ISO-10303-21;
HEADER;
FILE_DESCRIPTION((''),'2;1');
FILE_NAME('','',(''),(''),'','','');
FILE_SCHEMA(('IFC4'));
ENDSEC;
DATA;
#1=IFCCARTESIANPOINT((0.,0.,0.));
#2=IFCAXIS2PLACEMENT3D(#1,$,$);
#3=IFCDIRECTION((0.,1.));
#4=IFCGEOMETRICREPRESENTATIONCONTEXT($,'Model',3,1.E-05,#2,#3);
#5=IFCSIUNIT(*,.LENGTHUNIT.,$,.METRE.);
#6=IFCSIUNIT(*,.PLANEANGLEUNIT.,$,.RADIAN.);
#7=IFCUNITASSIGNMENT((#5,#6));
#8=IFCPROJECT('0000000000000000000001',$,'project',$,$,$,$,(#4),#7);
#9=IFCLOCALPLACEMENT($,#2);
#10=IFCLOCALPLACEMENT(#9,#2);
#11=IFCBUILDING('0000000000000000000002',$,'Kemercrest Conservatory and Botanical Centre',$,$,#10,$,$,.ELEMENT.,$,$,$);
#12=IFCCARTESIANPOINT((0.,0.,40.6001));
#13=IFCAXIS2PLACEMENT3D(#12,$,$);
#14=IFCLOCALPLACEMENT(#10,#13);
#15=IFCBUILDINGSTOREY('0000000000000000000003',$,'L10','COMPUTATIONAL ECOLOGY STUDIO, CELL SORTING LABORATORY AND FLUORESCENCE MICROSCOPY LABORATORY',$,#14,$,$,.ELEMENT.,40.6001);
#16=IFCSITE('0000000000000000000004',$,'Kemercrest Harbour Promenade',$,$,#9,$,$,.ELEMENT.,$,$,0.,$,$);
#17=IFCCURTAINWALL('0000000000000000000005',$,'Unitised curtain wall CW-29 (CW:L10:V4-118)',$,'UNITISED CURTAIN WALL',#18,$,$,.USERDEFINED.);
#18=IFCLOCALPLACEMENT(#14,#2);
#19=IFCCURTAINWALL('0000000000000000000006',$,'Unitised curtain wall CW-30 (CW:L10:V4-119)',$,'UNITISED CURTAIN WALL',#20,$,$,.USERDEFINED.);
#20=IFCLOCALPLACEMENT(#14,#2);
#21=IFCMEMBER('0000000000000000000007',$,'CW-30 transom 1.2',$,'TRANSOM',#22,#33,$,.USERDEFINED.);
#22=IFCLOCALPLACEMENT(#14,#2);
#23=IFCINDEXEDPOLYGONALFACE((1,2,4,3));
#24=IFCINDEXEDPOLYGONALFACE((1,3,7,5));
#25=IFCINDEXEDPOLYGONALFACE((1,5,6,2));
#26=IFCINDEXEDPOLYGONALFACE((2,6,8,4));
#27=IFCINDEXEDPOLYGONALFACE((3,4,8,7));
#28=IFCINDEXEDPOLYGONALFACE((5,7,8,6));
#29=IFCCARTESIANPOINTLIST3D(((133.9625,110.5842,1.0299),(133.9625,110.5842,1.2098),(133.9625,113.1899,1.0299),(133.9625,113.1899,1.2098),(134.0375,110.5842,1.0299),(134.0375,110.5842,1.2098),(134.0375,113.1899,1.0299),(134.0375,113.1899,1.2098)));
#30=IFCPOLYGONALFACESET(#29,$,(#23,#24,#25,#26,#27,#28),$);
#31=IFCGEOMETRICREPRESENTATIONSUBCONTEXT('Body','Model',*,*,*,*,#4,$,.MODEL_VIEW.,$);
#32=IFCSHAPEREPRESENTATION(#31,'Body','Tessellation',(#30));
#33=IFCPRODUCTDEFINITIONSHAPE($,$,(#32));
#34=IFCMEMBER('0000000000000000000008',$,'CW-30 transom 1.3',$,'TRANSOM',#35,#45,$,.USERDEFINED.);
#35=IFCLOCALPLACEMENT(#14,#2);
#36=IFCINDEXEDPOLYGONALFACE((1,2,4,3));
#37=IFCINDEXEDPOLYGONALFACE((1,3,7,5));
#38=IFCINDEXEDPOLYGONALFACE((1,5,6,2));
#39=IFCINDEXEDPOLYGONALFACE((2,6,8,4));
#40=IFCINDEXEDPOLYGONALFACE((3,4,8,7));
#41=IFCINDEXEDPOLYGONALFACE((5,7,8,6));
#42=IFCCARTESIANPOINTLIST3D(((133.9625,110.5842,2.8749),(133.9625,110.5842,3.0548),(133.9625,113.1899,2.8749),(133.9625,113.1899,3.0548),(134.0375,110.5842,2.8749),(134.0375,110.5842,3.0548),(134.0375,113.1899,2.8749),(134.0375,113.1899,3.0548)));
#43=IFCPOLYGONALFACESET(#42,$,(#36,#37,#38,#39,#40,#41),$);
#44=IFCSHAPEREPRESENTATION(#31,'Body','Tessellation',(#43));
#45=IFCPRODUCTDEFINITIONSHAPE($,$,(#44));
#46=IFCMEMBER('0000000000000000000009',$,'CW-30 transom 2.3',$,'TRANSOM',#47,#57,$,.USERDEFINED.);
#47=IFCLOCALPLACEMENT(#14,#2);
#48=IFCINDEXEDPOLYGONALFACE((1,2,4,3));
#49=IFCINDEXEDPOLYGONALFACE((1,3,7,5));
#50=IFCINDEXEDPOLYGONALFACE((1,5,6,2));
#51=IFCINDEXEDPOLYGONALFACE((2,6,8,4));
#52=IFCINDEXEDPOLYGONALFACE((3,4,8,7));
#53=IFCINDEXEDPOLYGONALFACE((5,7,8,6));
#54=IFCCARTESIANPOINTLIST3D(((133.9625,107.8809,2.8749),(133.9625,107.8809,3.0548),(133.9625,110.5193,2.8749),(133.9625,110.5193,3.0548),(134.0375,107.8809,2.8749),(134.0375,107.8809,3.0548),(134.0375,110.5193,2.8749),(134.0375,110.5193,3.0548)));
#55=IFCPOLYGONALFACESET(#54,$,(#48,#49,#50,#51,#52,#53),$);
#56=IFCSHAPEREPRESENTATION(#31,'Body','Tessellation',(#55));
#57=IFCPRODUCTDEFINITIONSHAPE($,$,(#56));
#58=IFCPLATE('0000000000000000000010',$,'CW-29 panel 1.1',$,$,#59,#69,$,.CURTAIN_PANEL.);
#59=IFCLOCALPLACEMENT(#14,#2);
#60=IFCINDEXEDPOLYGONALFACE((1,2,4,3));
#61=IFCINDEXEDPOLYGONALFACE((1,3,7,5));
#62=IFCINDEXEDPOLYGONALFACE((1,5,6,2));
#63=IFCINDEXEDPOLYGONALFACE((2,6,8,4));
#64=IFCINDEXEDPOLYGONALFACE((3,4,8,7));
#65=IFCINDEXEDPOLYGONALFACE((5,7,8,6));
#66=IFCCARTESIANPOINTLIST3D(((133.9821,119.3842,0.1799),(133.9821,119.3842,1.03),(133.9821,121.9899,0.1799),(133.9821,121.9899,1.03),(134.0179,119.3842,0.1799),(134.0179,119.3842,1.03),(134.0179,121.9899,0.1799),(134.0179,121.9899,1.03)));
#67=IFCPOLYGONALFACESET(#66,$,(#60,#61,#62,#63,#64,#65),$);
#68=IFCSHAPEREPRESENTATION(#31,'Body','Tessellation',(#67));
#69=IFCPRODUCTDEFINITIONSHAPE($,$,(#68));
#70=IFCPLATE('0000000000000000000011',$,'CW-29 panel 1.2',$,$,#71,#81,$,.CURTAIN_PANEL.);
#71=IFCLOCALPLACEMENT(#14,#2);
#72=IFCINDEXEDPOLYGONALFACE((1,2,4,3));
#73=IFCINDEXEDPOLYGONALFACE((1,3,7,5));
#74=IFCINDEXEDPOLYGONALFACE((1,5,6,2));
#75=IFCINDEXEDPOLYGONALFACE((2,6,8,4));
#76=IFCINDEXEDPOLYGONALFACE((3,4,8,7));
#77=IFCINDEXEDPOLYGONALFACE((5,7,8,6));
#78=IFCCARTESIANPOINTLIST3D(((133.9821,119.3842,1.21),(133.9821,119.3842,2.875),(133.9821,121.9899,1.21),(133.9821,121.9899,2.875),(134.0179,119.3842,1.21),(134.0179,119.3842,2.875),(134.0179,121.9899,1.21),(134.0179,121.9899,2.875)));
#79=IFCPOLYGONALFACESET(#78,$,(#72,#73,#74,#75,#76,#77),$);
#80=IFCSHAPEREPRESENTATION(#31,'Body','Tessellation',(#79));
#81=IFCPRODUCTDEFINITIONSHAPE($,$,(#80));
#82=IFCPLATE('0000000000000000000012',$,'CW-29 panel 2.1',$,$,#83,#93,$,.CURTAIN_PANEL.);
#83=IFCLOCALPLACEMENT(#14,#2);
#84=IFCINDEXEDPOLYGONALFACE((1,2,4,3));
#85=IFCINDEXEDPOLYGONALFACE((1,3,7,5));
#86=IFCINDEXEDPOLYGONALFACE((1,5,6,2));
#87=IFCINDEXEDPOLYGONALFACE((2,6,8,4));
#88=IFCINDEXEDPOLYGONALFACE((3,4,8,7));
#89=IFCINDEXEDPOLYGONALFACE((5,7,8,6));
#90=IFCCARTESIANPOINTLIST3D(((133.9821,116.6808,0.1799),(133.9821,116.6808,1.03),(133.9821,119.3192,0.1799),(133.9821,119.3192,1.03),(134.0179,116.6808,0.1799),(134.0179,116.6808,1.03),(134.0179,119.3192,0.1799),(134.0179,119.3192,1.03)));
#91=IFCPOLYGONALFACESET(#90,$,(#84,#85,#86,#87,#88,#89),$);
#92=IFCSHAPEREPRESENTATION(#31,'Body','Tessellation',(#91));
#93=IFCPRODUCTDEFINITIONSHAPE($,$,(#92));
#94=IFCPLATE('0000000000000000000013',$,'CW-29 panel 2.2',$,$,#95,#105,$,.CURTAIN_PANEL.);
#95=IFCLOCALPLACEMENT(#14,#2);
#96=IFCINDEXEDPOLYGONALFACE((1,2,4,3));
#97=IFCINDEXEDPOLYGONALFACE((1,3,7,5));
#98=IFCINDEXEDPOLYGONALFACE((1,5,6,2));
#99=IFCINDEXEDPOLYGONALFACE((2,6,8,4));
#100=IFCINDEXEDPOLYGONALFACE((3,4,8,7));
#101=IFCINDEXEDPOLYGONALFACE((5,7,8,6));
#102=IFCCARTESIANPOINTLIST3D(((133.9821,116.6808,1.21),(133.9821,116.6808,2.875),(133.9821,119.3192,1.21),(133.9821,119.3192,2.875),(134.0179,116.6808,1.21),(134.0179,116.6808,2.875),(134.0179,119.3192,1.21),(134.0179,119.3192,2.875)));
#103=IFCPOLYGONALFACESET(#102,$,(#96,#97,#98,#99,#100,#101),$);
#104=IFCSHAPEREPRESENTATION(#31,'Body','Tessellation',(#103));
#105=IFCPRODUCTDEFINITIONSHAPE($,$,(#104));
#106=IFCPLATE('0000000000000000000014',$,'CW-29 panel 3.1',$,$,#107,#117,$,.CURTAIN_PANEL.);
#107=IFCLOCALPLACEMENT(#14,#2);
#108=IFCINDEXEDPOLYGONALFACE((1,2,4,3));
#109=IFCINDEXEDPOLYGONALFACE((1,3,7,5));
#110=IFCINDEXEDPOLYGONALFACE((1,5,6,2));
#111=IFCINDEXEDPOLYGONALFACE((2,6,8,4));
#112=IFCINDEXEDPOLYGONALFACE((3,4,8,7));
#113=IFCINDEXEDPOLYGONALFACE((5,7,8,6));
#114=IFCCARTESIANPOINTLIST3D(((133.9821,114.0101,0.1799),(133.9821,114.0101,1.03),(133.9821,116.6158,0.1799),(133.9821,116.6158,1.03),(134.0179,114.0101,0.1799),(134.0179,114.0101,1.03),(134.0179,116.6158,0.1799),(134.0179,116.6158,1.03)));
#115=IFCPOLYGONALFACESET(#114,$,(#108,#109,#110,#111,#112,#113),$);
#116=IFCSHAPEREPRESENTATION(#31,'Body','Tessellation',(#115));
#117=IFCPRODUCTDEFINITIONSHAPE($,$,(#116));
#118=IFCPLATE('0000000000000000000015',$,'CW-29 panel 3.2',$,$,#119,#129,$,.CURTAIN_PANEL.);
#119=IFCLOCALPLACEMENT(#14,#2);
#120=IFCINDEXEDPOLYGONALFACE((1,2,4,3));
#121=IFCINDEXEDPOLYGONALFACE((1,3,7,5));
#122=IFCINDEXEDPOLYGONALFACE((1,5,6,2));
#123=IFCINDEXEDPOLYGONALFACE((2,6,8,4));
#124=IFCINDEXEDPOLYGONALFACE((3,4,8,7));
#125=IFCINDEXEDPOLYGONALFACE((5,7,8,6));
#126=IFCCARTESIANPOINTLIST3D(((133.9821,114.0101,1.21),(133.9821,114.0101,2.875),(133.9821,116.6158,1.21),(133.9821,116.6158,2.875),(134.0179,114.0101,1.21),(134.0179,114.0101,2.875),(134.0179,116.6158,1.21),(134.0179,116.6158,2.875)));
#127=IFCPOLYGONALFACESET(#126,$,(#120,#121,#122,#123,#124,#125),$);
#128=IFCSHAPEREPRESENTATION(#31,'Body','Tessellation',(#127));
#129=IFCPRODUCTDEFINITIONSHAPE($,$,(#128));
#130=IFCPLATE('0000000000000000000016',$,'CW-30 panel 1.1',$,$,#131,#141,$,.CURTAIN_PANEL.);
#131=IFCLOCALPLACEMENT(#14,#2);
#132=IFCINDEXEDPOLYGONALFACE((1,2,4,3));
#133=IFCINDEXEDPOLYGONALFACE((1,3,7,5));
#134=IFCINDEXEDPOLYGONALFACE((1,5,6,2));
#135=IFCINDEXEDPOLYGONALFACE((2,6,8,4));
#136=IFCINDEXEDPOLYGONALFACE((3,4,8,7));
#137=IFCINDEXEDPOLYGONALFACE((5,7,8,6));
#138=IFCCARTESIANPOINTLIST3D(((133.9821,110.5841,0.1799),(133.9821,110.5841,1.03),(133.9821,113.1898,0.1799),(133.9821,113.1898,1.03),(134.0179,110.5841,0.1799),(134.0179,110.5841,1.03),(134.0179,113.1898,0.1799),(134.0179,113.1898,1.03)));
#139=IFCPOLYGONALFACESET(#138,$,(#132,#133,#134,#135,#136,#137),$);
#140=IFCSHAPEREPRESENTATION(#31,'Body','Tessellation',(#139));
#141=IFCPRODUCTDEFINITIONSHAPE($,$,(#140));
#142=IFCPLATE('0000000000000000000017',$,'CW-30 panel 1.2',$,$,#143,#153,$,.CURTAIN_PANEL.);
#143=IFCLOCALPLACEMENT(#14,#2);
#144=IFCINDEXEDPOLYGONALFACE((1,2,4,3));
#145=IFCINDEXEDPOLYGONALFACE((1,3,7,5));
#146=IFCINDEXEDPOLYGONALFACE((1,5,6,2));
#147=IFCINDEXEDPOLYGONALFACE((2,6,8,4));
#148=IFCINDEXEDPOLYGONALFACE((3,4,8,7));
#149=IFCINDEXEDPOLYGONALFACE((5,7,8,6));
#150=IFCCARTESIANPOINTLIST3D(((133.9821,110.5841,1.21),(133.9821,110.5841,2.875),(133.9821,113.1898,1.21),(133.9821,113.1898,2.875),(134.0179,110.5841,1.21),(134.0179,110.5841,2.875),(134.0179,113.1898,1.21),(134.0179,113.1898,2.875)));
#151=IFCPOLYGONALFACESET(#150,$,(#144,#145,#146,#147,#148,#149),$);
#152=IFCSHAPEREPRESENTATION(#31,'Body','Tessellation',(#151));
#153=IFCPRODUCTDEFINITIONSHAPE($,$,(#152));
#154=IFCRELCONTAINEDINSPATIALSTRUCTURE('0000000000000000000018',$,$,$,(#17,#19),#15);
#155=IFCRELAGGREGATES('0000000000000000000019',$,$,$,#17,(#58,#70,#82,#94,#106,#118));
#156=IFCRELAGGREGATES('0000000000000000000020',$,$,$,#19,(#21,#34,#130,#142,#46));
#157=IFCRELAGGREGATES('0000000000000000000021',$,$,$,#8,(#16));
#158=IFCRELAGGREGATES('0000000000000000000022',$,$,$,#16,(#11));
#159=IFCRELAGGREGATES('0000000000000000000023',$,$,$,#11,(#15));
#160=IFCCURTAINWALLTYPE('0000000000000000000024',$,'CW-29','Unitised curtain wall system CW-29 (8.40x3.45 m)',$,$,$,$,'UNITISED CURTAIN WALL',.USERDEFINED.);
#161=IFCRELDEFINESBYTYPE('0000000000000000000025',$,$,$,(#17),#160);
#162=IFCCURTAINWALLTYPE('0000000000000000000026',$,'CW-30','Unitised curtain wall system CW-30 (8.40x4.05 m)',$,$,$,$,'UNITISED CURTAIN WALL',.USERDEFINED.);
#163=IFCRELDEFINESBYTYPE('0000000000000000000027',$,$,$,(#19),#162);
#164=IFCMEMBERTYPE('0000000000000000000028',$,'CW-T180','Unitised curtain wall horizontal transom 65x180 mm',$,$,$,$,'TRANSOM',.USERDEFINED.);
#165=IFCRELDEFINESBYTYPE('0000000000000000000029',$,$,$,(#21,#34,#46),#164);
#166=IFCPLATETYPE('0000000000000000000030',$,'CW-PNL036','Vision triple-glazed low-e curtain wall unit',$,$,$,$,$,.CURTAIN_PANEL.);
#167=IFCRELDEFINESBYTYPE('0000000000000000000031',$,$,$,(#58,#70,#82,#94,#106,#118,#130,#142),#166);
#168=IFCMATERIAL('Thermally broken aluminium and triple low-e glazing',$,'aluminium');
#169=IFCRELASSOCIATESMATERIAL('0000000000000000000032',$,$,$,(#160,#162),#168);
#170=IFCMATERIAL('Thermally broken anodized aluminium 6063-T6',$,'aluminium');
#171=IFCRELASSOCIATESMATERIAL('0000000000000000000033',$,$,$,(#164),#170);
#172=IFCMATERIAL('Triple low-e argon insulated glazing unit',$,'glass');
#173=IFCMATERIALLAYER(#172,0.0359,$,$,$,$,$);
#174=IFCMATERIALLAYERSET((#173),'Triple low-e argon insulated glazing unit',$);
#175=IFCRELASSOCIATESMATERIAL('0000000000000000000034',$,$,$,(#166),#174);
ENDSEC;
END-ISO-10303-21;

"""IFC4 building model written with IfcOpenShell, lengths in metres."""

from ifc_helpers import new_model, si_unit, direction, frame, origin, origin_2d, place, context, subcontext, project, spatial, rectangle, extrude, material, layer, layer_set, material_profile, profile_set, type_object, element, aggregate, save


model = new_model("IFC4")

# Units and contexts
model_context = context("Model", 3, precision=1e-05, world=origin(), true_north=direction((0.0, 1.0)))
body_context = subcontext(model_context, "Body", "Model", "MODEL_VIEW")
ifc_project = project(units=[si_unit("LENGTHUNIT", "METRE"), si_unit("PLANEANGLEUNIT", "RADIAN")], contexts=[model_context])

# Site, building, storey
site_placement = place(None, origin())
site = spatial("IfcSite", under=ifc_project, at=site_placement, Name="Kemercrest Harbour Promenade", CompositionType="ELEMENT", RefElevation=0.0)
building_placement = place(site_placement, origin())
building = spatial("IfcBuilding", under=site, at=building_placement, Name="Kemercrest Conservatory and Botanical Centre", CompositionType="ELEMENT")
storey_placement = place(building_placement, frame((0.0, 0.0, 40.6001)))
storey = spatial("IfcBuildingStorey", under=building, at=storey_placement, Name="L10", Description="COMPUTATIONAL ECOLOGY STUDIO, CELL SORTING LABORATORY AND FLUORESCENCE MICROSCOPY LABORATORY", CompositionType="ELEMENT", Elevation=40.6001)

# Curtain walls
ifc_material_1 = material(Name="Thermally broken aluminium and triple low-e glazing", Category="aluminium")
curtain_wall_type_1 = type_object("IfcCurtainWallType", Name="CW-29", Description="Unitised curtain wall system CW-29 (8.40x3.45 m)", ElementType="UNITISED CURTAIN WALL", PredefinedType="USERDEFINED", material=ifc_material_1)
curtain_wall_1_placement = place(storey_placement, origin())
curtain_wall_1 = element("IfcCurtainWall", 1, at=curtain_wall_1_placement, inside=storey, type_object=curtain_wall_type_1, Name="Unitised curtain wall CW-29 (CW:L10:V4-118)", ObjectType="UNITISED CURTAIN WALL", PredefinedType="USERDEFINED")
ifc_material_2 = material(Name="Thermally broken anodized aluminium 6063-T6", Category="aluminium")
curtain_wall_type_2 = type_object("IfcCurtainWallType", Name="CW-30", Description="Unitised curtain wall system CW-30 (8.40x4.05 m)", ElementType="UNITISED CURTAIN WALL", PredefinedType="USERDEFINED", material=ifc_material_1)
curtain_wall_2_placement = place(storey_placement, origin())
curtain_wall_2 = element("IfcCurtainWall", 2, at=curtain_wall_2_placement, inside=storey, type_object=curtain_wall_type_2, Name="Unitised curtain wall CW-30 (CW:L10:V4-119)", ObjectType="UNITISED CURTAIN WALL", PredefinedType="USERDEFINED")

# Members
ifc_material_profile_1 = material_profile(ifc_material_2, rectangle(XDim=0.075, YDim=0.1799, at=origin_2d()), Name="AL TRANSOM 75x180")
ifc_profile_set_1 = profile_set([ifc_material_profile_1], Name="Thermally broken anodized aluminium 6063-T6")
member_type_1 = type_object("IfcMemberType", Name="CW-T180", Description="Unitised curtain wall horizontal transom 65x180 mm", ElementType="TRANSOM", PredefinedType="USERDEFINED", material=ifc_profile_set_1)
member_1_placement = place(storey_placement, frame((134.0, 113.1899, 1.1199), z_axis=(0.0, -1.0, 0.0), x_axis=(1.0, 0.0, 0.0)))
member_1 = element("IfcMember", 3, at=member_1_placement, type_object=member_type_1, Name="CW-30 transom 1.2", ObjectType="TRANSOM", PredefinedType="USERDEFINED", context=body_context, shape_type="SweptSolid", body=[
    extrude(rectangle(XDim=0.075, YDim=0.1799, at=origin_2d()), origin(), (0.0, 0.0, 1.0), 2.6057),
])
member_2_placement = place(storey_placement, frame((134.0, 113.1899, 2.9648), z_axis=(0.0, -1.0, 0.0), x_axis=(1.0, 0.0, 0.0)))
member_2 = element("IfcMember", 4, at=member_2_placement, type_object=member_type_1, Name="CW-30 transom 1.3", ObjectType="TRANSOM", PredefinedType="USERDEFINED", context=body_context, shape_type="SweptSolid", body=[
    extrude(rectangle(XDim=0.075, YDim=0.1799, at=origin_2d()), origin(), (0.0, 0.0, 1.0), 2.6057),
])
member_3_placement = place(storey_placement, frame((134.0, 110.5193, 2.9648), z_axis=(0.0, -1.0, 0.0), x_axis=(1.0, 0.0, 0.0)))
member_3 = element("IfcMember", 5, at=member_3_placement, type_object=member_type_1, Name="CW-30 transom 2.3", ObjectType="TRANSOM", PredefinedType="USERDEFINED", context=body_context, shape_type="SweptSolid", body=[
    extrude(rectangle(XDim=0.075, YDim=0.1799, at=origin_2d()), origin(), (0.0, 0.0, 1.0), 2.6384),
])

# Plates
ifc_material_3 = material(Name="Triple low-e argon insulated glazing unit", Category="glass")
ifc_layer = layer(ifc_material_3, 0.0359)
ifc_layer_set = layer_set([ifc_layer], Name="Triple low-e argon insulated glazing unit")
plate_type = type_object("IfcPlateType", Name="CW-PNL036", Description="Vision triple-glazed low-e curtain wall unit", PredefinedType="CURTAIN_PANEL", material=ifc_layer_set)
plate_1_placement = place(storey_placement, frame((134.0, 120.687, 0.1799), z_axis=(0.0, 0.0, 1.0), x_axis=(0.0, -1.0, 0.0)))
plate_1 = element("IfcPlate", 6, at=plate_1_placement, type_object=plate_type, Name="CW-29 panel 1.1", PredefinedType="CURTAIN_PANEL", context=body_context, shape_type="SweptSolid", body=[
    extrude(rectangle(XDim=2.6057, YDim=0.0359, at=origin_2d()), origin(), (0.0, 0.0, 1.0), 0.8501),
])
plate_2_placement = place(storey_placement, frame((134.0, 120.687, 1.21), z_axis=(0.0, 0.0, 1.0), x_axis=(0.0, -1.0, 0.0)))
plate_2 = element("IfcPlate", 7, at=plate_2_placement, type_object=plate_type, Name="CW-29 panel 1.2", PredefinedType="CURTAIN_PANEL", context=body_context, shape_type="SweptSolid", body=[
    extrude(rectangle(XDim=2.6057, YDim=0.0359, at=origin_2d()), origin(), (0.0, 0.0, 1.0), 1.665),
])
plate_3_placement = place(storey_placement, frame((134.0, 118.0, 0.1799), z_axis=(0.0, 0.0, 1.0), x_axis=(0.0, -1.0, 0.0)))
plate_3 = element("IfcPlate", 8, at=plate_3_placement, type_object=plate_type, Name="CW-29 panel 2.1", PredefinedType="CURTAIN_PANEL", context=body_context, shape_type="SweptSolid", body=[
    extrude(rectangle(XDim=2.6384, YDim=0.0359, at=origin_2d()), origin(), (0.0, 0.0, 1.0), 0.8501),
])
plate_4_placement = place(storey_placement, frame((134.0, 118.0, 1.21), z_axis=(0.0, 0.0, 1.0), x_axis=(0.0, -1.0, 0.0)))
plate_4 = element("IfcPlate", 9, at=plate_4_placement, type_object=plate_type, Name="CW-29 panel 2.2", PredefinedType="CURTAIN_PANEL", context=body_context, shape_type="SweptSolid", body=[
    extrude(rectangle(XDim=2.6384, YDim=0.0359, at=origin_2d()), origin(), (0.0, 0.0, 1.0), 1.665),
])
plate_5_placement = place(storey_placement, frame((134.0, 115.313, 0.1799), z_axis=(0.0, 0.0, 1.0), x_axis=(0.0, -1.0, 0.0)))
plate_5 = element("IfcPlate", 10, at=plate_5_placement, type_object=plate_type, Name="CW-29 panel 3.1", PredefinedType="CURTAIN_PANEL", context=body_context, shape_type="SweptSolid", body=[
    extrude(rectangle(XDim=2.6057, YDim=0.0359, at=origin_2d()), origin(), (0.0, 0.0, 1.0), 0.8501),
])
plate_6_placement = place(storey_placement, frame((134.0, 115.313, 1.21), z_axis=(0.0, 0.0, 1.0), x_axis=(0.0, -1.0, 0.0)))
plate_6 = element("IfcPlate", 11, at=plate_6_placement, type_object=plate_type, Name="CW-29 panel 3.2", PredefinedType="CURTAIN_PANEL", context=body_context, shape_type="SweptSolid", body=[
    extrude(rectangle(XDim=2.6057, YDim=0.0359, at=origin_2d()), origin(), (0.0, 0.0, 1.0), 1.665),
])
aggregate(curtain_wall_1, [plate_1, plate_2, plate_3, plate_4, plate_5, plate_6])
plate_7_placement = place(storey_placement, frame((134.0, 111.887, 0.1799), z_axis=(0.0, 0.0, 1.0), x_axis=(0.0, -1.0, 0.0)))
plate_7 = element("IfcPlate", 12, at=plate_7_placement, type_object=plate_type, Name="CW-30 panel 1.1", PredefinedType="CURTAIN_PANEL", context=body_context, shape_type="SweptSolid", body=[
    extrude(rectangle(XDim=2.6057, YDim=0.0359, at=origin_2d()), origin(), (0.0, 0.0, 1.0), 0.8501),
])
plate_8_placement = place(storey_placement, frame((134.0, 111.887, 1.21), z_axis=(0.0, 0.0, 1.0), x_axis=(0.0, -1.0, 0.0)))
plate_8 = element("IfcPlate", 13, at=plate_8_placement, type_object=plate_type, Name="CW-30 panel 1.2", PredefinedType="CURTAIN_PANEL", context=body_context, shape_type="SweptSolid", body=[
    extrude(rectangle(XDim=2.6057, YDim=0.0359, at=origin_2d()), origin(), (0.0, 0.0, 1.0), 1.665),
])
aggregate(curtain_wall_2, [member_1, member_2, plate_7, plate_8, member_3])

save(model, "model.ifc")
